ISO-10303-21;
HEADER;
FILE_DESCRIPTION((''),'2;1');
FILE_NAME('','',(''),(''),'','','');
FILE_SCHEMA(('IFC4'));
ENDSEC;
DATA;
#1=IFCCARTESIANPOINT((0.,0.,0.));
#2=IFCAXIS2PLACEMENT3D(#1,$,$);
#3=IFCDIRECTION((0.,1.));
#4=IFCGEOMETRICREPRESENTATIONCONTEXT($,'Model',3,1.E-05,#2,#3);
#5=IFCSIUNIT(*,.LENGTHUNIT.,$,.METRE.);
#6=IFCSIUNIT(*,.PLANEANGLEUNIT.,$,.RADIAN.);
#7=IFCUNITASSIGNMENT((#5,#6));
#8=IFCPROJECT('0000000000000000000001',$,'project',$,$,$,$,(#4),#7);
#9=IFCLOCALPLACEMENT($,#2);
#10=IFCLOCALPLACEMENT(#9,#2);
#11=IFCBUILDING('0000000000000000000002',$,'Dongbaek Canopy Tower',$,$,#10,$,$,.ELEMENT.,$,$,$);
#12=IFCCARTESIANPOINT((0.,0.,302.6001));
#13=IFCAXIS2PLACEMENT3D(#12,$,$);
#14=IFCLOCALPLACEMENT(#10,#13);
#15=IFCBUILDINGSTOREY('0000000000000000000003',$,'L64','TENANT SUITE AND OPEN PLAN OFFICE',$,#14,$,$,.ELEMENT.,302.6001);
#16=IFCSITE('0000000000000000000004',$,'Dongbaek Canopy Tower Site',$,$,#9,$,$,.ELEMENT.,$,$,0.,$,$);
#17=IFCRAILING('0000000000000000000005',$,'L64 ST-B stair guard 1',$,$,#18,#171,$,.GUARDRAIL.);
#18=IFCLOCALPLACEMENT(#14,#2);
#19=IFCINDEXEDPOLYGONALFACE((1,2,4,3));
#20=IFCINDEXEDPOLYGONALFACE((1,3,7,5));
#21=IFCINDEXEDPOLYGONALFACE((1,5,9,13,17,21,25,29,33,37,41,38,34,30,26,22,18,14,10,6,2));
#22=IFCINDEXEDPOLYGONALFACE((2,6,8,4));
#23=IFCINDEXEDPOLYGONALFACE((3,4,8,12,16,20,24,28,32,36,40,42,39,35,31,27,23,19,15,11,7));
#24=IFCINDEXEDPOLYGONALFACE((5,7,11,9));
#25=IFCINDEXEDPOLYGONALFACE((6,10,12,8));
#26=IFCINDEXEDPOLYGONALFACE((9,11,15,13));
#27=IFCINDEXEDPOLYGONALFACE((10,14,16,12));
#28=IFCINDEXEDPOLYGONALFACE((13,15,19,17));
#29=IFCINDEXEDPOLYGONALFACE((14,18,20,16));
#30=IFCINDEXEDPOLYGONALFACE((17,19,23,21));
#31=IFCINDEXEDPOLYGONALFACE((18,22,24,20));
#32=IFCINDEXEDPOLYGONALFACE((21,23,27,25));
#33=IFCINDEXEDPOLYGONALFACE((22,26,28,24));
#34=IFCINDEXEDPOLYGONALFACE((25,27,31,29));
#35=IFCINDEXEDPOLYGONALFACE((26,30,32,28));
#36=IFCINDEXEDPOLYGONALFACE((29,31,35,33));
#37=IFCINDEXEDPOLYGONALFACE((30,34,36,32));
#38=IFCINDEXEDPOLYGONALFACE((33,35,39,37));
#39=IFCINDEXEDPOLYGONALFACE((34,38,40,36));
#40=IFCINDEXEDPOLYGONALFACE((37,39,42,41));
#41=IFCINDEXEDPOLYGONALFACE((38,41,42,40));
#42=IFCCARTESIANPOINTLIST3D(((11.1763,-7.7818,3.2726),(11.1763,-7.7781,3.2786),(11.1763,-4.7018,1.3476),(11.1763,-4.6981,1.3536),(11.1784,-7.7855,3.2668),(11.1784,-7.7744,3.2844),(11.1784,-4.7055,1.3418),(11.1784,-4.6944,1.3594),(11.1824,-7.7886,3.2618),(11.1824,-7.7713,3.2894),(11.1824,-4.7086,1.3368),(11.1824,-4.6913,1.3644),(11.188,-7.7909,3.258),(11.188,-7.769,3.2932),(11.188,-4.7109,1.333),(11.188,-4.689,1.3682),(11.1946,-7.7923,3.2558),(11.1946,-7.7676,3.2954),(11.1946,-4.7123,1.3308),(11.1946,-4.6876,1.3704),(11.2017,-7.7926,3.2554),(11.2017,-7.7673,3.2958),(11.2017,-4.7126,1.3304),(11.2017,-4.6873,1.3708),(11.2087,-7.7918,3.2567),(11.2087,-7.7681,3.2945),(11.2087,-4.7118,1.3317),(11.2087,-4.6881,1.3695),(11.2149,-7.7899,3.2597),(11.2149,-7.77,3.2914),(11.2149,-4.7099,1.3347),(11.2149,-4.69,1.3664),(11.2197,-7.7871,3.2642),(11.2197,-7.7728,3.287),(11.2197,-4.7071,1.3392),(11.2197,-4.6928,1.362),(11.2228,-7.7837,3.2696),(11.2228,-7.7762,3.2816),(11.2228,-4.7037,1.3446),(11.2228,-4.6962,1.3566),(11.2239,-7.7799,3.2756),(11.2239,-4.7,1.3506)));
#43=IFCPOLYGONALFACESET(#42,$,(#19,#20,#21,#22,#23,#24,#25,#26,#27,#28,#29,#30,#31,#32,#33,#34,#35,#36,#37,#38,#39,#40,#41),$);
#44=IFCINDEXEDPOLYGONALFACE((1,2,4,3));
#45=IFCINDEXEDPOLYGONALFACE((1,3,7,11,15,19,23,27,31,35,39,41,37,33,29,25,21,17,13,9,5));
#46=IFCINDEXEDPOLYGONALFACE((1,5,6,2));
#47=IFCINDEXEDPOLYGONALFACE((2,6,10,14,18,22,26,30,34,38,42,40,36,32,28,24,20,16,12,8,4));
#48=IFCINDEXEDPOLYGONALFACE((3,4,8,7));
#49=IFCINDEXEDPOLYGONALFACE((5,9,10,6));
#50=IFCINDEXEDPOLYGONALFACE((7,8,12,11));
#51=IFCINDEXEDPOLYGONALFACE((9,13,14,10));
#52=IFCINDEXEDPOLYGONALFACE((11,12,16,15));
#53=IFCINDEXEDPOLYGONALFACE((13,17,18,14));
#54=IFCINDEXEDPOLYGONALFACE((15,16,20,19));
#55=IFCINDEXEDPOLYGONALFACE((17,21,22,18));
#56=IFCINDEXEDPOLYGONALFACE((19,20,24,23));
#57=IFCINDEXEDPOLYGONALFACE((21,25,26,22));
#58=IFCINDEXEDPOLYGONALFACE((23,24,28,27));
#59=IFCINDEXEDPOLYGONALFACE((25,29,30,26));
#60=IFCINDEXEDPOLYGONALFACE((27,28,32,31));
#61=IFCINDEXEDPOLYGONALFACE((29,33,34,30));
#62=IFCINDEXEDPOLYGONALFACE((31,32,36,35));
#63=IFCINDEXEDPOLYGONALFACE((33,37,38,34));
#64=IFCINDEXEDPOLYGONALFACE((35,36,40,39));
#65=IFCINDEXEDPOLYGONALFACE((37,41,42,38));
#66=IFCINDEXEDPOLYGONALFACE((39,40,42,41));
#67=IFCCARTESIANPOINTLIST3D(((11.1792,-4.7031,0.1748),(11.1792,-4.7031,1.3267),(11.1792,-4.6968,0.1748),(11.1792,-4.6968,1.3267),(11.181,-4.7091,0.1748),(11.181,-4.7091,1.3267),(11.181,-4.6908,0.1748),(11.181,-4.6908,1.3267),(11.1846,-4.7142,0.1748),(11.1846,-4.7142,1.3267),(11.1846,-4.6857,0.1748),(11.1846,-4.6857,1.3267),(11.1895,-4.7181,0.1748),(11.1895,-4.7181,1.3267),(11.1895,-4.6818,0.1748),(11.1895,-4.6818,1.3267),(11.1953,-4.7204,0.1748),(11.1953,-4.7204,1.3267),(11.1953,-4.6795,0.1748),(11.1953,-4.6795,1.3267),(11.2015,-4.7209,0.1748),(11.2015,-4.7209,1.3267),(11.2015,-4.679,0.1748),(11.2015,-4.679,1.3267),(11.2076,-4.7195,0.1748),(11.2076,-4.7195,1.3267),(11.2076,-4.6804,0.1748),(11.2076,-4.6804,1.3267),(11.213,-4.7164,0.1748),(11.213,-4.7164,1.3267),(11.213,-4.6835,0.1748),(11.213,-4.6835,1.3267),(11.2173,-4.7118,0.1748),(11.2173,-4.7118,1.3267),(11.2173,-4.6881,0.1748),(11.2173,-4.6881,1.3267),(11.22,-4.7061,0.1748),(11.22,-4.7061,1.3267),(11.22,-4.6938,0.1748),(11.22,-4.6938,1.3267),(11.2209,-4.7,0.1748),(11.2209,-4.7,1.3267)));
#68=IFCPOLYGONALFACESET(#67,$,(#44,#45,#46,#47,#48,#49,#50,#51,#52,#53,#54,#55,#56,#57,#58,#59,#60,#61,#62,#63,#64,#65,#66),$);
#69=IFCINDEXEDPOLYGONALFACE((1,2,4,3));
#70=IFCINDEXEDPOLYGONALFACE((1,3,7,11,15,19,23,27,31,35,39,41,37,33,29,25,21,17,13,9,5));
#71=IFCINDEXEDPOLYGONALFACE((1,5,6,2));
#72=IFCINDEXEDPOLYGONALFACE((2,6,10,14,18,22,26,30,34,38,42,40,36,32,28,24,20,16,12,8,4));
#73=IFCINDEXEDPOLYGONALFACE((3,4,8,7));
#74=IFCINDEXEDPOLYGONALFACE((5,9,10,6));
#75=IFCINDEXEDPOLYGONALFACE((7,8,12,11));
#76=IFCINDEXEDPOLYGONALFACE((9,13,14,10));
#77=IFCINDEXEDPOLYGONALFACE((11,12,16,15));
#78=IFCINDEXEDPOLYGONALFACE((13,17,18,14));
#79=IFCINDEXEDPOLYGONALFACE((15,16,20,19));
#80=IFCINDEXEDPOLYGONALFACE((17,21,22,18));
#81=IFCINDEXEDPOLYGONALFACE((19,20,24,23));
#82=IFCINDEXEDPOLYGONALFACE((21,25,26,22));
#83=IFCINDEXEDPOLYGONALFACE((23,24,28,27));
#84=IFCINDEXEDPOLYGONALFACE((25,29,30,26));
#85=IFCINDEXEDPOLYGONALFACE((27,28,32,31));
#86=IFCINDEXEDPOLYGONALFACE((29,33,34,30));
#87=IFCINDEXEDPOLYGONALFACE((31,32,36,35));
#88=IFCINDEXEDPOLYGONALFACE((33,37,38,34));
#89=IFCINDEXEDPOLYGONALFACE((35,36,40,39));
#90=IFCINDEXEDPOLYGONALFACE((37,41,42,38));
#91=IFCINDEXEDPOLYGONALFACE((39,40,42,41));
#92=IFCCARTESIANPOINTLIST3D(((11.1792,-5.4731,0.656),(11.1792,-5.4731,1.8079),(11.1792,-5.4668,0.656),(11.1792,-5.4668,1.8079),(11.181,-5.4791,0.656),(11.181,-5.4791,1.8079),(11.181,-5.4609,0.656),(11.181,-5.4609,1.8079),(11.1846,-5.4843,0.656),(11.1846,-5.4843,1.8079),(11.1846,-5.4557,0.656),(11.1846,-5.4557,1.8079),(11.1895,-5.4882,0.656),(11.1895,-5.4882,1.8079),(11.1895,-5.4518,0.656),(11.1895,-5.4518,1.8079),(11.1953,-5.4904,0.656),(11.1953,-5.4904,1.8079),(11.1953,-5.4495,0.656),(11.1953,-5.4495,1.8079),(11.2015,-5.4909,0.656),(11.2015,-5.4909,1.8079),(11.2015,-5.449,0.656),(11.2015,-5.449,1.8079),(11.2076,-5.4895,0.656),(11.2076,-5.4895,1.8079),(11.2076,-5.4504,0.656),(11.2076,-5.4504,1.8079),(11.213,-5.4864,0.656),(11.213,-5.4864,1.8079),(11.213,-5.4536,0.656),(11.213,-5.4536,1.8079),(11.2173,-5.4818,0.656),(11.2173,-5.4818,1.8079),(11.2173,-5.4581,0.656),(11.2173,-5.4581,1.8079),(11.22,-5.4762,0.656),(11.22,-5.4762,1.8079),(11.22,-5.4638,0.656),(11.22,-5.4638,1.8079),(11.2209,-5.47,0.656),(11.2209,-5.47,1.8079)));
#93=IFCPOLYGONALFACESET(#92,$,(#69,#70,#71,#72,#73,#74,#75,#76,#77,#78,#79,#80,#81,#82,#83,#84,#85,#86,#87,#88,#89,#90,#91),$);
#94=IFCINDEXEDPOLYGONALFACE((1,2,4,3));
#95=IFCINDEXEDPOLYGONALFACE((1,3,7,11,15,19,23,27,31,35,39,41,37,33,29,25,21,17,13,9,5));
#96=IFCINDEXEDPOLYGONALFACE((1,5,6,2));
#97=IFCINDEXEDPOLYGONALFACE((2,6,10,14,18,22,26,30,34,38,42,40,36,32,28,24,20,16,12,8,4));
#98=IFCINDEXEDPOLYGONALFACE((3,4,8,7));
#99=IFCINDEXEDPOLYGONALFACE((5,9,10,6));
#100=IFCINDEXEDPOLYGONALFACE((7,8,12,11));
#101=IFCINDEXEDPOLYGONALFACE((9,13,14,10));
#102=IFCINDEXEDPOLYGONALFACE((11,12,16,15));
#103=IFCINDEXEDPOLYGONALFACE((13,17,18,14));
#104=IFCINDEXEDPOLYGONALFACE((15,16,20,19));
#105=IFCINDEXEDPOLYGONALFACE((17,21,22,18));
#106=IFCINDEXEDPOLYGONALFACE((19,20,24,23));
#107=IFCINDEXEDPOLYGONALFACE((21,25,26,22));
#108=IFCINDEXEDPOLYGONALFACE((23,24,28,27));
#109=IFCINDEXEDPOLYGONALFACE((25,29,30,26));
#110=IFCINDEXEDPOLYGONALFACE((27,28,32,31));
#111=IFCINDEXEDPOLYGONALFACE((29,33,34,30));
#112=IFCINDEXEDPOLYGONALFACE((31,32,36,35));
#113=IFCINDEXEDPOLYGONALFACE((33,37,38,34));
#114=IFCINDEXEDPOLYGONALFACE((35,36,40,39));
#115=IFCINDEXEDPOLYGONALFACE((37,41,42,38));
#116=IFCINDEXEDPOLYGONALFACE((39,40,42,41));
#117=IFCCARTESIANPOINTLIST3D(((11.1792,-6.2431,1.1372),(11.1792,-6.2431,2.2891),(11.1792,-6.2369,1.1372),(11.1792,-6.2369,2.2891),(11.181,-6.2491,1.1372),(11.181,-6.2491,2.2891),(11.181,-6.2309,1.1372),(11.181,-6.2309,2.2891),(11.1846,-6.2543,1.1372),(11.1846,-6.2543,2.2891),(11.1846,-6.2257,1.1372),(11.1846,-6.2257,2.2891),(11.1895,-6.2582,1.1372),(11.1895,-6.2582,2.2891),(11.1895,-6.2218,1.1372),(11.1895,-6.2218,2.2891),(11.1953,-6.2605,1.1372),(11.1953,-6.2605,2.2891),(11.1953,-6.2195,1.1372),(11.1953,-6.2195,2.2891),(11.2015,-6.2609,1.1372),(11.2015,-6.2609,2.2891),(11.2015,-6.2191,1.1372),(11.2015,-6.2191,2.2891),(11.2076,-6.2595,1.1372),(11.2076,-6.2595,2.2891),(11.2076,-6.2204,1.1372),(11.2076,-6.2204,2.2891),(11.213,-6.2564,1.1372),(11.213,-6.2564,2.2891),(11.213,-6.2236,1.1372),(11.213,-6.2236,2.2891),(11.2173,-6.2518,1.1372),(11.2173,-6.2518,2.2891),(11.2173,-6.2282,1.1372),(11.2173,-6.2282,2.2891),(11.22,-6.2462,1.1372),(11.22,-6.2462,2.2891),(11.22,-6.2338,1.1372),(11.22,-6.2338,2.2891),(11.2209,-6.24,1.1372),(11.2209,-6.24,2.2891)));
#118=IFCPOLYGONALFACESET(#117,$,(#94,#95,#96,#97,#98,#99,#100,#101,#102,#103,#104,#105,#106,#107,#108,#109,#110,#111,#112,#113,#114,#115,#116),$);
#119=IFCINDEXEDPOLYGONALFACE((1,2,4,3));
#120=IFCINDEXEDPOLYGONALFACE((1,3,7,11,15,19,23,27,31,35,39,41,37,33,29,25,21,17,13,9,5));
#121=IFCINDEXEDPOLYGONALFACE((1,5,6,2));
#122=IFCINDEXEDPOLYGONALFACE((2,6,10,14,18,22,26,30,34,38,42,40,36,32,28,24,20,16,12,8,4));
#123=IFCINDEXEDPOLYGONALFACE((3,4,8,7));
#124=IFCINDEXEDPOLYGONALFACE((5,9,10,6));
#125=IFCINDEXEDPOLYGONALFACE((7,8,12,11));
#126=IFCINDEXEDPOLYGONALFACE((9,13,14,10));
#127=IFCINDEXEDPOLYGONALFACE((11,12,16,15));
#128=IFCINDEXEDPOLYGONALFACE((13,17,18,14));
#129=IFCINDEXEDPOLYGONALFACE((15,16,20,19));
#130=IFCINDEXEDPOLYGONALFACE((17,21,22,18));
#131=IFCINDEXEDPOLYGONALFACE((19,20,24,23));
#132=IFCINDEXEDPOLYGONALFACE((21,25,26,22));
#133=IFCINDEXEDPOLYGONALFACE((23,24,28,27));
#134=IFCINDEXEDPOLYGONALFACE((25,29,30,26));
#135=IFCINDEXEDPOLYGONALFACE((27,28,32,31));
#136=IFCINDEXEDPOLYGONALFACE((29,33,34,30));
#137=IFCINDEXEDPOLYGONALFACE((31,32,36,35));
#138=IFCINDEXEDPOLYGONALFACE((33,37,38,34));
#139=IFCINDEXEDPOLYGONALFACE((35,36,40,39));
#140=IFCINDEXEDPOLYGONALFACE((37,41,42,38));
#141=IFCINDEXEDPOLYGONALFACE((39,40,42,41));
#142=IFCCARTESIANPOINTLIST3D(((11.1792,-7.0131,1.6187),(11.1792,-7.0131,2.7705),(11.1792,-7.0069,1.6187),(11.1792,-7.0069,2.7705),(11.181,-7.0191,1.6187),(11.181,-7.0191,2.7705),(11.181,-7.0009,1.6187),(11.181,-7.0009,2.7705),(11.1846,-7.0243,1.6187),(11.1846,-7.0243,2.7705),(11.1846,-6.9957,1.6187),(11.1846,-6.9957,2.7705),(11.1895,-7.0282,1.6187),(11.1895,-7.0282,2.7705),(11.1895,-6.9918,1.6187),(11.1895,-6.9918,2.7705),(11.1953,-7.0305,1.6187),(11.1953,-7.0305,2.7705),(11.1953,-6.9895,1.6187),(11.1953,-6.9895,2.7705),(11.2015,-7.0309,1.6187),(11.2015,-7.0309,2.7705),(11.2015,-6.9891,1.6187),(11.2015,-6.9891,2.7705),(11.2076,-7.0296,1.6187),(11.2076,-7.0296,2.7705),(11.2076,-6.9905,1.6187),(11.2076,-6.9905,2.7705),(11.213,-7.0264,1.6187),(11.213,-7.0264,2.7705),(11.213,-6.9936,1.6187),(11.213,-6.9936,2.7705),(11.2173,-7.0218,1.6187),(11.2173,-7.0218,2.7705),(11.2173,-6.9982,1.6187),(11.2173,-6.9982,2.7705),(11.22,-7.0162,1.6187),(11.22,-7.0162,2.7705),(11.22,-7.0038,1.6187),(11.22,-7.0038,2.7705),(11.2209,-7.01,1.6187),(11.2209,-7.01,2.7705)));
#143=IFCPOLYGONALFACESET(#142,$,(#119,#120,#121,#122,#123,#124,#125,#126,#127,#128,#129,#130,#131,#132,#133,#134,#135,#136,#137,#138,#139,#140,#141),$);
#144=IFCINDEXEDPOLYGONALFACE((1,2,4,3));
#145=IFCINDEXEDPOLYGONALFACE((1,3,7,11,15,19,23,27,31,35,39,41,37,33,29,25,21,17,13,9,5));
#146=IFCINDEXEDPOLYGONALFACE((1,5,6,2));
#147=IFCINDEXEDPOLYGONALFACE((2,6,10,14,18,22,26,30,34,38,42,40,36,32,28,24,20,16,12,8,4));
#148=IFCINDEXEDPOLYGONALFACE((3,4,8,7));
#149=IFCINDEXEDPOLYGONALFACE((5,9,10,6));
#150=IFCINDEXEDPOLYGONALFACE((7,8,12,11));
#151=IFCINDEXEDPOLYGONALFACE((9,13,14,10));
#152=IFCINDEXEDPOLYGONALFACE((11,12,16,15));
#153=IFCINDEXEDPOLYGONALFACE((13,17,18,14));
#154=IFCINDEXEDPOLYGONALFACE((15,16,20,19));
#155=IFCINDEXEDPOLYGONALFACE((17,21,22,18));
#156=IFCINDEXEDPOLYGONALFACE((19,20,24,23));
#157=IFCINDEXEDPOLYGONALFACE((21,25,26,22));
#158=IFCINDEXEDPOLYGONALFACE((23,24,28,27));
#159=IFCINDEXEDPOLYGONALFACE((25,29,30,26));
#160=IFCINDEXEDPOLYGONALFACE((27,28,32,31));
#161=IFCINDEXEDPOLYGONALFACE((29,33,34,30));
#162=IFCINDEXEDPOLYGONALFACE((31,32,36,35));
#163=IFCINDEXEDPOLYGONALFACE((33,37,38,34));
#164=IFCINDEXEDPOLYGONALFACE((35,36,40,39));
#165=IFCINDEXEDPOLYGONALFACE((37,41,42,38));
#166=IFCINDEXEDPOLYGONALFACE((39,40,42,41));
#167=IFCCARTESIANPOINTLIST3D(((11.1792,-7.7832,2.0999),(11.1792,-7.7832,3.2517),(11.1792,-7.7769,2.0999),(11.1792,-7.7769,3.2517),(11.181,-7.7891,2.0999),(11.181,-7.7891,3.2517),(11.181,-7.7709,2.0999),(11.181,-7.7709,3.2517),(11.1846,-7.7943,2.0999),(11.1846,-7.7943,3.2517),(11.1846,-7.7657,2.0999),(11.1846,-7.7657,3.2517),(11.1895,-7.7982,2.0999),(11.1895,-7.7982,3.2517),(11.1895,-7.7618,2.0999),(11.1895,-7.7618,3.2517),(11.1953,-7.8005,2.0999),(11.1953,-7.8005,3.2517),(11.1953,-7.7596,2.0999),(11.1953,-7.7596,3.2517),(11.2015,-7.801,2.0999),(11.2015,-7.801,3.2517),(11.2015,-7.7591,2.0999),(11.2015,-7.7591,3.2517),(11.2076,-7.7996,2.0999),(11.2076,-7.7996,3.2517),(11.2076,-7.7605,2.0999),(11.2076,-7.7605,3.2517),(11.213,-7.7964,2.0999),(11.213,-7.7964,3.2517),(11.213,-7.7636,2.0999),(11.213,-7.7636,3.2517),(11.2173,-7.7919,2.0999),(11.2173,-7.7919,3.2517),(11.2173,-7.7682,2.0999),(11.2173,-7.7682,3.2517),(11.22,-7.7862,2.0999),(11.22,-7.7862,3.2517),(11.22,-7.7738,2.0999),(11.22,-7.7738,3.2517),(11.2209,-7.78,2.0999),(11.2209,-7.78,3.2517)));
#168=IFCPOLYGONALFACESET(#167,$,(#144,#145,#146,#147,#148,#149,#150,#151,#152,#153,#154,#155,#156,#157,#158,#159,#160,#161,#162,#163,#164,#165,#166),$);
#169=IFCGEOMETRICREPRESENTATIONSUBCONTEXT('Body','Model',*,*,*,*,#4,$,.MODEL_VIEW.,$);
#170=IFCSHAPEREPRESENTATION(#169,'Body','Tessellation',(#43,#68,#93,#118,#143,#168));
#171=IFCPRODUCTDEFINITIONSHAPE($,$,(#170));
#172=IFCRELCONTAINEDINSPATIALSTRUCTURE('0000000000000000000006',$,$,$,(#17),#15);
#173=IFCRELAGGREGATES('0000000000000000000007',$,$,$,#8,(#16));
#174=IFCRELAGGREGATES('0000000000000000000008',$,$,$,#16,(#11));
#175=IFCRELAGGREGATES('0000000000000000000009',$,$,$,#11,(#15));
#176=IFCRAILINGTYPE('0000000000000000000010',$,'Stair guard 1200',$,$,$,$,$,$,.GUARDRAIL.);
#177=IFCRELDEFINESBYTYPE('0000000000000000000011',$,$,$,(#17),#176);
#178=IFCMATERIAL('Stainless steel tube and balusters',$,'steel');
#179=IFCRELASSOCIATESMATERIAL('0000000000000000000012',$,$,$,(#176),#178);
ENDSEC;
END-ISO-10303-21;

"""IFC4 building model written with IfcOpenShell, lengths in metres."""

from ifc_helpers import new_model, si_unit, direction, frame, origin, origin_2d, place, context, subcontext, project, spatial, circle, extrude, material, type_object, element, save


model = new_model("IFC4")

# Units and contexts
model_context = context("Model", 3, precision=1e-05, world=origin(), true_north=direction((0.0, 1.0)))
body_context = subcontext(model_context, "Body", "Model", "MODEL_VIEW")
ifc_project = project(units=[si_unit("LENGTHUNIT", "METRE"), si_unit("PLANEANGLEUNIT", "RADIAN")], contexts=[model_context])

# Site, building, storey
site_placement = place(None, origin())
site = spatial("IfcSite", under=ifc_project, at=site_placement, Name="Dongbaek Canopy Tower Site", CompositionType="ELEMENT", RefElevation=0.0)
building_placement = place(site_placement, origin())
building = spatial("IfcBuilding", under=site, at=building_placement, Name="Dongbaek Canopy Tower", CompositionType="ELEMENT")
storey_placement = place(building_placement, frame((0.0, 0.0, 302.6001)))
storey = spatial("IfcBuildingStorey", under=building, at=storey_placement, Name="L64", Description="TENANT SUITE AND OPEN PLAN OFFICE", CompositionType="ELEMENT", Elevation=302.6001)

# Railing
ifc_material_1 = material(Name="Stainless steel tube and balusters", Category="steel")
railing_type_1 = type_object("IfcRailingType", Name="Stair guard 1200", PredefinedType="GUARDRAIL", material=ifc_material_1)
railing_1_placement = place(storey_placement, frame((11.2, -4.7, 0.1748)))
element("IfcRailing", 1, at=railing_1_placement, inside=storey, type_object=railing_type_1, Name="L64 ST-B stair guard 1", PredefinedType="GUARDRAIL", context=body_context, shape_type="SweptSolid", body=[
    extrude(circle(Radius=0.0239, at=origin_2d()), frame((0.0, 0.0, 1.1758), z_axis=(0.0, -0.847998, 0.529999), x_axis=(1.0, 0.0, 0.0)), (0.0, 0.0, 1.0), 3.6321),
    extrude(circle(Radius=0.021, at=origin_2d()), origin(), (0.0, 0.0, 1.0), 1.1519),
    extrude(circle(Radius=0.021, at=origin_2d()), frame((0.0, -0.77, 0.4812)), (0.0, 0.0, 1.0), 1.1519),
    extrude(circle(Radius=0.021, at=origin_2d()), frame((0.0, -1.54, 0.9624)), (0.0, 0.0, 1.0), 1.1519),
    extrude(circle(Radius=0.021, at=origin_2d()), frame((0.0, -2.3101, 1.4438)), (0.0, 0.0, 1.0), 1.1519),
    extrude(circle(Radius=0.021, at=origin_2d()), frame((0.0, -3.0801, 1.925)), (0.0, 0.0, 1.0), 1.1519),
])

save(model, "model.ifc")
